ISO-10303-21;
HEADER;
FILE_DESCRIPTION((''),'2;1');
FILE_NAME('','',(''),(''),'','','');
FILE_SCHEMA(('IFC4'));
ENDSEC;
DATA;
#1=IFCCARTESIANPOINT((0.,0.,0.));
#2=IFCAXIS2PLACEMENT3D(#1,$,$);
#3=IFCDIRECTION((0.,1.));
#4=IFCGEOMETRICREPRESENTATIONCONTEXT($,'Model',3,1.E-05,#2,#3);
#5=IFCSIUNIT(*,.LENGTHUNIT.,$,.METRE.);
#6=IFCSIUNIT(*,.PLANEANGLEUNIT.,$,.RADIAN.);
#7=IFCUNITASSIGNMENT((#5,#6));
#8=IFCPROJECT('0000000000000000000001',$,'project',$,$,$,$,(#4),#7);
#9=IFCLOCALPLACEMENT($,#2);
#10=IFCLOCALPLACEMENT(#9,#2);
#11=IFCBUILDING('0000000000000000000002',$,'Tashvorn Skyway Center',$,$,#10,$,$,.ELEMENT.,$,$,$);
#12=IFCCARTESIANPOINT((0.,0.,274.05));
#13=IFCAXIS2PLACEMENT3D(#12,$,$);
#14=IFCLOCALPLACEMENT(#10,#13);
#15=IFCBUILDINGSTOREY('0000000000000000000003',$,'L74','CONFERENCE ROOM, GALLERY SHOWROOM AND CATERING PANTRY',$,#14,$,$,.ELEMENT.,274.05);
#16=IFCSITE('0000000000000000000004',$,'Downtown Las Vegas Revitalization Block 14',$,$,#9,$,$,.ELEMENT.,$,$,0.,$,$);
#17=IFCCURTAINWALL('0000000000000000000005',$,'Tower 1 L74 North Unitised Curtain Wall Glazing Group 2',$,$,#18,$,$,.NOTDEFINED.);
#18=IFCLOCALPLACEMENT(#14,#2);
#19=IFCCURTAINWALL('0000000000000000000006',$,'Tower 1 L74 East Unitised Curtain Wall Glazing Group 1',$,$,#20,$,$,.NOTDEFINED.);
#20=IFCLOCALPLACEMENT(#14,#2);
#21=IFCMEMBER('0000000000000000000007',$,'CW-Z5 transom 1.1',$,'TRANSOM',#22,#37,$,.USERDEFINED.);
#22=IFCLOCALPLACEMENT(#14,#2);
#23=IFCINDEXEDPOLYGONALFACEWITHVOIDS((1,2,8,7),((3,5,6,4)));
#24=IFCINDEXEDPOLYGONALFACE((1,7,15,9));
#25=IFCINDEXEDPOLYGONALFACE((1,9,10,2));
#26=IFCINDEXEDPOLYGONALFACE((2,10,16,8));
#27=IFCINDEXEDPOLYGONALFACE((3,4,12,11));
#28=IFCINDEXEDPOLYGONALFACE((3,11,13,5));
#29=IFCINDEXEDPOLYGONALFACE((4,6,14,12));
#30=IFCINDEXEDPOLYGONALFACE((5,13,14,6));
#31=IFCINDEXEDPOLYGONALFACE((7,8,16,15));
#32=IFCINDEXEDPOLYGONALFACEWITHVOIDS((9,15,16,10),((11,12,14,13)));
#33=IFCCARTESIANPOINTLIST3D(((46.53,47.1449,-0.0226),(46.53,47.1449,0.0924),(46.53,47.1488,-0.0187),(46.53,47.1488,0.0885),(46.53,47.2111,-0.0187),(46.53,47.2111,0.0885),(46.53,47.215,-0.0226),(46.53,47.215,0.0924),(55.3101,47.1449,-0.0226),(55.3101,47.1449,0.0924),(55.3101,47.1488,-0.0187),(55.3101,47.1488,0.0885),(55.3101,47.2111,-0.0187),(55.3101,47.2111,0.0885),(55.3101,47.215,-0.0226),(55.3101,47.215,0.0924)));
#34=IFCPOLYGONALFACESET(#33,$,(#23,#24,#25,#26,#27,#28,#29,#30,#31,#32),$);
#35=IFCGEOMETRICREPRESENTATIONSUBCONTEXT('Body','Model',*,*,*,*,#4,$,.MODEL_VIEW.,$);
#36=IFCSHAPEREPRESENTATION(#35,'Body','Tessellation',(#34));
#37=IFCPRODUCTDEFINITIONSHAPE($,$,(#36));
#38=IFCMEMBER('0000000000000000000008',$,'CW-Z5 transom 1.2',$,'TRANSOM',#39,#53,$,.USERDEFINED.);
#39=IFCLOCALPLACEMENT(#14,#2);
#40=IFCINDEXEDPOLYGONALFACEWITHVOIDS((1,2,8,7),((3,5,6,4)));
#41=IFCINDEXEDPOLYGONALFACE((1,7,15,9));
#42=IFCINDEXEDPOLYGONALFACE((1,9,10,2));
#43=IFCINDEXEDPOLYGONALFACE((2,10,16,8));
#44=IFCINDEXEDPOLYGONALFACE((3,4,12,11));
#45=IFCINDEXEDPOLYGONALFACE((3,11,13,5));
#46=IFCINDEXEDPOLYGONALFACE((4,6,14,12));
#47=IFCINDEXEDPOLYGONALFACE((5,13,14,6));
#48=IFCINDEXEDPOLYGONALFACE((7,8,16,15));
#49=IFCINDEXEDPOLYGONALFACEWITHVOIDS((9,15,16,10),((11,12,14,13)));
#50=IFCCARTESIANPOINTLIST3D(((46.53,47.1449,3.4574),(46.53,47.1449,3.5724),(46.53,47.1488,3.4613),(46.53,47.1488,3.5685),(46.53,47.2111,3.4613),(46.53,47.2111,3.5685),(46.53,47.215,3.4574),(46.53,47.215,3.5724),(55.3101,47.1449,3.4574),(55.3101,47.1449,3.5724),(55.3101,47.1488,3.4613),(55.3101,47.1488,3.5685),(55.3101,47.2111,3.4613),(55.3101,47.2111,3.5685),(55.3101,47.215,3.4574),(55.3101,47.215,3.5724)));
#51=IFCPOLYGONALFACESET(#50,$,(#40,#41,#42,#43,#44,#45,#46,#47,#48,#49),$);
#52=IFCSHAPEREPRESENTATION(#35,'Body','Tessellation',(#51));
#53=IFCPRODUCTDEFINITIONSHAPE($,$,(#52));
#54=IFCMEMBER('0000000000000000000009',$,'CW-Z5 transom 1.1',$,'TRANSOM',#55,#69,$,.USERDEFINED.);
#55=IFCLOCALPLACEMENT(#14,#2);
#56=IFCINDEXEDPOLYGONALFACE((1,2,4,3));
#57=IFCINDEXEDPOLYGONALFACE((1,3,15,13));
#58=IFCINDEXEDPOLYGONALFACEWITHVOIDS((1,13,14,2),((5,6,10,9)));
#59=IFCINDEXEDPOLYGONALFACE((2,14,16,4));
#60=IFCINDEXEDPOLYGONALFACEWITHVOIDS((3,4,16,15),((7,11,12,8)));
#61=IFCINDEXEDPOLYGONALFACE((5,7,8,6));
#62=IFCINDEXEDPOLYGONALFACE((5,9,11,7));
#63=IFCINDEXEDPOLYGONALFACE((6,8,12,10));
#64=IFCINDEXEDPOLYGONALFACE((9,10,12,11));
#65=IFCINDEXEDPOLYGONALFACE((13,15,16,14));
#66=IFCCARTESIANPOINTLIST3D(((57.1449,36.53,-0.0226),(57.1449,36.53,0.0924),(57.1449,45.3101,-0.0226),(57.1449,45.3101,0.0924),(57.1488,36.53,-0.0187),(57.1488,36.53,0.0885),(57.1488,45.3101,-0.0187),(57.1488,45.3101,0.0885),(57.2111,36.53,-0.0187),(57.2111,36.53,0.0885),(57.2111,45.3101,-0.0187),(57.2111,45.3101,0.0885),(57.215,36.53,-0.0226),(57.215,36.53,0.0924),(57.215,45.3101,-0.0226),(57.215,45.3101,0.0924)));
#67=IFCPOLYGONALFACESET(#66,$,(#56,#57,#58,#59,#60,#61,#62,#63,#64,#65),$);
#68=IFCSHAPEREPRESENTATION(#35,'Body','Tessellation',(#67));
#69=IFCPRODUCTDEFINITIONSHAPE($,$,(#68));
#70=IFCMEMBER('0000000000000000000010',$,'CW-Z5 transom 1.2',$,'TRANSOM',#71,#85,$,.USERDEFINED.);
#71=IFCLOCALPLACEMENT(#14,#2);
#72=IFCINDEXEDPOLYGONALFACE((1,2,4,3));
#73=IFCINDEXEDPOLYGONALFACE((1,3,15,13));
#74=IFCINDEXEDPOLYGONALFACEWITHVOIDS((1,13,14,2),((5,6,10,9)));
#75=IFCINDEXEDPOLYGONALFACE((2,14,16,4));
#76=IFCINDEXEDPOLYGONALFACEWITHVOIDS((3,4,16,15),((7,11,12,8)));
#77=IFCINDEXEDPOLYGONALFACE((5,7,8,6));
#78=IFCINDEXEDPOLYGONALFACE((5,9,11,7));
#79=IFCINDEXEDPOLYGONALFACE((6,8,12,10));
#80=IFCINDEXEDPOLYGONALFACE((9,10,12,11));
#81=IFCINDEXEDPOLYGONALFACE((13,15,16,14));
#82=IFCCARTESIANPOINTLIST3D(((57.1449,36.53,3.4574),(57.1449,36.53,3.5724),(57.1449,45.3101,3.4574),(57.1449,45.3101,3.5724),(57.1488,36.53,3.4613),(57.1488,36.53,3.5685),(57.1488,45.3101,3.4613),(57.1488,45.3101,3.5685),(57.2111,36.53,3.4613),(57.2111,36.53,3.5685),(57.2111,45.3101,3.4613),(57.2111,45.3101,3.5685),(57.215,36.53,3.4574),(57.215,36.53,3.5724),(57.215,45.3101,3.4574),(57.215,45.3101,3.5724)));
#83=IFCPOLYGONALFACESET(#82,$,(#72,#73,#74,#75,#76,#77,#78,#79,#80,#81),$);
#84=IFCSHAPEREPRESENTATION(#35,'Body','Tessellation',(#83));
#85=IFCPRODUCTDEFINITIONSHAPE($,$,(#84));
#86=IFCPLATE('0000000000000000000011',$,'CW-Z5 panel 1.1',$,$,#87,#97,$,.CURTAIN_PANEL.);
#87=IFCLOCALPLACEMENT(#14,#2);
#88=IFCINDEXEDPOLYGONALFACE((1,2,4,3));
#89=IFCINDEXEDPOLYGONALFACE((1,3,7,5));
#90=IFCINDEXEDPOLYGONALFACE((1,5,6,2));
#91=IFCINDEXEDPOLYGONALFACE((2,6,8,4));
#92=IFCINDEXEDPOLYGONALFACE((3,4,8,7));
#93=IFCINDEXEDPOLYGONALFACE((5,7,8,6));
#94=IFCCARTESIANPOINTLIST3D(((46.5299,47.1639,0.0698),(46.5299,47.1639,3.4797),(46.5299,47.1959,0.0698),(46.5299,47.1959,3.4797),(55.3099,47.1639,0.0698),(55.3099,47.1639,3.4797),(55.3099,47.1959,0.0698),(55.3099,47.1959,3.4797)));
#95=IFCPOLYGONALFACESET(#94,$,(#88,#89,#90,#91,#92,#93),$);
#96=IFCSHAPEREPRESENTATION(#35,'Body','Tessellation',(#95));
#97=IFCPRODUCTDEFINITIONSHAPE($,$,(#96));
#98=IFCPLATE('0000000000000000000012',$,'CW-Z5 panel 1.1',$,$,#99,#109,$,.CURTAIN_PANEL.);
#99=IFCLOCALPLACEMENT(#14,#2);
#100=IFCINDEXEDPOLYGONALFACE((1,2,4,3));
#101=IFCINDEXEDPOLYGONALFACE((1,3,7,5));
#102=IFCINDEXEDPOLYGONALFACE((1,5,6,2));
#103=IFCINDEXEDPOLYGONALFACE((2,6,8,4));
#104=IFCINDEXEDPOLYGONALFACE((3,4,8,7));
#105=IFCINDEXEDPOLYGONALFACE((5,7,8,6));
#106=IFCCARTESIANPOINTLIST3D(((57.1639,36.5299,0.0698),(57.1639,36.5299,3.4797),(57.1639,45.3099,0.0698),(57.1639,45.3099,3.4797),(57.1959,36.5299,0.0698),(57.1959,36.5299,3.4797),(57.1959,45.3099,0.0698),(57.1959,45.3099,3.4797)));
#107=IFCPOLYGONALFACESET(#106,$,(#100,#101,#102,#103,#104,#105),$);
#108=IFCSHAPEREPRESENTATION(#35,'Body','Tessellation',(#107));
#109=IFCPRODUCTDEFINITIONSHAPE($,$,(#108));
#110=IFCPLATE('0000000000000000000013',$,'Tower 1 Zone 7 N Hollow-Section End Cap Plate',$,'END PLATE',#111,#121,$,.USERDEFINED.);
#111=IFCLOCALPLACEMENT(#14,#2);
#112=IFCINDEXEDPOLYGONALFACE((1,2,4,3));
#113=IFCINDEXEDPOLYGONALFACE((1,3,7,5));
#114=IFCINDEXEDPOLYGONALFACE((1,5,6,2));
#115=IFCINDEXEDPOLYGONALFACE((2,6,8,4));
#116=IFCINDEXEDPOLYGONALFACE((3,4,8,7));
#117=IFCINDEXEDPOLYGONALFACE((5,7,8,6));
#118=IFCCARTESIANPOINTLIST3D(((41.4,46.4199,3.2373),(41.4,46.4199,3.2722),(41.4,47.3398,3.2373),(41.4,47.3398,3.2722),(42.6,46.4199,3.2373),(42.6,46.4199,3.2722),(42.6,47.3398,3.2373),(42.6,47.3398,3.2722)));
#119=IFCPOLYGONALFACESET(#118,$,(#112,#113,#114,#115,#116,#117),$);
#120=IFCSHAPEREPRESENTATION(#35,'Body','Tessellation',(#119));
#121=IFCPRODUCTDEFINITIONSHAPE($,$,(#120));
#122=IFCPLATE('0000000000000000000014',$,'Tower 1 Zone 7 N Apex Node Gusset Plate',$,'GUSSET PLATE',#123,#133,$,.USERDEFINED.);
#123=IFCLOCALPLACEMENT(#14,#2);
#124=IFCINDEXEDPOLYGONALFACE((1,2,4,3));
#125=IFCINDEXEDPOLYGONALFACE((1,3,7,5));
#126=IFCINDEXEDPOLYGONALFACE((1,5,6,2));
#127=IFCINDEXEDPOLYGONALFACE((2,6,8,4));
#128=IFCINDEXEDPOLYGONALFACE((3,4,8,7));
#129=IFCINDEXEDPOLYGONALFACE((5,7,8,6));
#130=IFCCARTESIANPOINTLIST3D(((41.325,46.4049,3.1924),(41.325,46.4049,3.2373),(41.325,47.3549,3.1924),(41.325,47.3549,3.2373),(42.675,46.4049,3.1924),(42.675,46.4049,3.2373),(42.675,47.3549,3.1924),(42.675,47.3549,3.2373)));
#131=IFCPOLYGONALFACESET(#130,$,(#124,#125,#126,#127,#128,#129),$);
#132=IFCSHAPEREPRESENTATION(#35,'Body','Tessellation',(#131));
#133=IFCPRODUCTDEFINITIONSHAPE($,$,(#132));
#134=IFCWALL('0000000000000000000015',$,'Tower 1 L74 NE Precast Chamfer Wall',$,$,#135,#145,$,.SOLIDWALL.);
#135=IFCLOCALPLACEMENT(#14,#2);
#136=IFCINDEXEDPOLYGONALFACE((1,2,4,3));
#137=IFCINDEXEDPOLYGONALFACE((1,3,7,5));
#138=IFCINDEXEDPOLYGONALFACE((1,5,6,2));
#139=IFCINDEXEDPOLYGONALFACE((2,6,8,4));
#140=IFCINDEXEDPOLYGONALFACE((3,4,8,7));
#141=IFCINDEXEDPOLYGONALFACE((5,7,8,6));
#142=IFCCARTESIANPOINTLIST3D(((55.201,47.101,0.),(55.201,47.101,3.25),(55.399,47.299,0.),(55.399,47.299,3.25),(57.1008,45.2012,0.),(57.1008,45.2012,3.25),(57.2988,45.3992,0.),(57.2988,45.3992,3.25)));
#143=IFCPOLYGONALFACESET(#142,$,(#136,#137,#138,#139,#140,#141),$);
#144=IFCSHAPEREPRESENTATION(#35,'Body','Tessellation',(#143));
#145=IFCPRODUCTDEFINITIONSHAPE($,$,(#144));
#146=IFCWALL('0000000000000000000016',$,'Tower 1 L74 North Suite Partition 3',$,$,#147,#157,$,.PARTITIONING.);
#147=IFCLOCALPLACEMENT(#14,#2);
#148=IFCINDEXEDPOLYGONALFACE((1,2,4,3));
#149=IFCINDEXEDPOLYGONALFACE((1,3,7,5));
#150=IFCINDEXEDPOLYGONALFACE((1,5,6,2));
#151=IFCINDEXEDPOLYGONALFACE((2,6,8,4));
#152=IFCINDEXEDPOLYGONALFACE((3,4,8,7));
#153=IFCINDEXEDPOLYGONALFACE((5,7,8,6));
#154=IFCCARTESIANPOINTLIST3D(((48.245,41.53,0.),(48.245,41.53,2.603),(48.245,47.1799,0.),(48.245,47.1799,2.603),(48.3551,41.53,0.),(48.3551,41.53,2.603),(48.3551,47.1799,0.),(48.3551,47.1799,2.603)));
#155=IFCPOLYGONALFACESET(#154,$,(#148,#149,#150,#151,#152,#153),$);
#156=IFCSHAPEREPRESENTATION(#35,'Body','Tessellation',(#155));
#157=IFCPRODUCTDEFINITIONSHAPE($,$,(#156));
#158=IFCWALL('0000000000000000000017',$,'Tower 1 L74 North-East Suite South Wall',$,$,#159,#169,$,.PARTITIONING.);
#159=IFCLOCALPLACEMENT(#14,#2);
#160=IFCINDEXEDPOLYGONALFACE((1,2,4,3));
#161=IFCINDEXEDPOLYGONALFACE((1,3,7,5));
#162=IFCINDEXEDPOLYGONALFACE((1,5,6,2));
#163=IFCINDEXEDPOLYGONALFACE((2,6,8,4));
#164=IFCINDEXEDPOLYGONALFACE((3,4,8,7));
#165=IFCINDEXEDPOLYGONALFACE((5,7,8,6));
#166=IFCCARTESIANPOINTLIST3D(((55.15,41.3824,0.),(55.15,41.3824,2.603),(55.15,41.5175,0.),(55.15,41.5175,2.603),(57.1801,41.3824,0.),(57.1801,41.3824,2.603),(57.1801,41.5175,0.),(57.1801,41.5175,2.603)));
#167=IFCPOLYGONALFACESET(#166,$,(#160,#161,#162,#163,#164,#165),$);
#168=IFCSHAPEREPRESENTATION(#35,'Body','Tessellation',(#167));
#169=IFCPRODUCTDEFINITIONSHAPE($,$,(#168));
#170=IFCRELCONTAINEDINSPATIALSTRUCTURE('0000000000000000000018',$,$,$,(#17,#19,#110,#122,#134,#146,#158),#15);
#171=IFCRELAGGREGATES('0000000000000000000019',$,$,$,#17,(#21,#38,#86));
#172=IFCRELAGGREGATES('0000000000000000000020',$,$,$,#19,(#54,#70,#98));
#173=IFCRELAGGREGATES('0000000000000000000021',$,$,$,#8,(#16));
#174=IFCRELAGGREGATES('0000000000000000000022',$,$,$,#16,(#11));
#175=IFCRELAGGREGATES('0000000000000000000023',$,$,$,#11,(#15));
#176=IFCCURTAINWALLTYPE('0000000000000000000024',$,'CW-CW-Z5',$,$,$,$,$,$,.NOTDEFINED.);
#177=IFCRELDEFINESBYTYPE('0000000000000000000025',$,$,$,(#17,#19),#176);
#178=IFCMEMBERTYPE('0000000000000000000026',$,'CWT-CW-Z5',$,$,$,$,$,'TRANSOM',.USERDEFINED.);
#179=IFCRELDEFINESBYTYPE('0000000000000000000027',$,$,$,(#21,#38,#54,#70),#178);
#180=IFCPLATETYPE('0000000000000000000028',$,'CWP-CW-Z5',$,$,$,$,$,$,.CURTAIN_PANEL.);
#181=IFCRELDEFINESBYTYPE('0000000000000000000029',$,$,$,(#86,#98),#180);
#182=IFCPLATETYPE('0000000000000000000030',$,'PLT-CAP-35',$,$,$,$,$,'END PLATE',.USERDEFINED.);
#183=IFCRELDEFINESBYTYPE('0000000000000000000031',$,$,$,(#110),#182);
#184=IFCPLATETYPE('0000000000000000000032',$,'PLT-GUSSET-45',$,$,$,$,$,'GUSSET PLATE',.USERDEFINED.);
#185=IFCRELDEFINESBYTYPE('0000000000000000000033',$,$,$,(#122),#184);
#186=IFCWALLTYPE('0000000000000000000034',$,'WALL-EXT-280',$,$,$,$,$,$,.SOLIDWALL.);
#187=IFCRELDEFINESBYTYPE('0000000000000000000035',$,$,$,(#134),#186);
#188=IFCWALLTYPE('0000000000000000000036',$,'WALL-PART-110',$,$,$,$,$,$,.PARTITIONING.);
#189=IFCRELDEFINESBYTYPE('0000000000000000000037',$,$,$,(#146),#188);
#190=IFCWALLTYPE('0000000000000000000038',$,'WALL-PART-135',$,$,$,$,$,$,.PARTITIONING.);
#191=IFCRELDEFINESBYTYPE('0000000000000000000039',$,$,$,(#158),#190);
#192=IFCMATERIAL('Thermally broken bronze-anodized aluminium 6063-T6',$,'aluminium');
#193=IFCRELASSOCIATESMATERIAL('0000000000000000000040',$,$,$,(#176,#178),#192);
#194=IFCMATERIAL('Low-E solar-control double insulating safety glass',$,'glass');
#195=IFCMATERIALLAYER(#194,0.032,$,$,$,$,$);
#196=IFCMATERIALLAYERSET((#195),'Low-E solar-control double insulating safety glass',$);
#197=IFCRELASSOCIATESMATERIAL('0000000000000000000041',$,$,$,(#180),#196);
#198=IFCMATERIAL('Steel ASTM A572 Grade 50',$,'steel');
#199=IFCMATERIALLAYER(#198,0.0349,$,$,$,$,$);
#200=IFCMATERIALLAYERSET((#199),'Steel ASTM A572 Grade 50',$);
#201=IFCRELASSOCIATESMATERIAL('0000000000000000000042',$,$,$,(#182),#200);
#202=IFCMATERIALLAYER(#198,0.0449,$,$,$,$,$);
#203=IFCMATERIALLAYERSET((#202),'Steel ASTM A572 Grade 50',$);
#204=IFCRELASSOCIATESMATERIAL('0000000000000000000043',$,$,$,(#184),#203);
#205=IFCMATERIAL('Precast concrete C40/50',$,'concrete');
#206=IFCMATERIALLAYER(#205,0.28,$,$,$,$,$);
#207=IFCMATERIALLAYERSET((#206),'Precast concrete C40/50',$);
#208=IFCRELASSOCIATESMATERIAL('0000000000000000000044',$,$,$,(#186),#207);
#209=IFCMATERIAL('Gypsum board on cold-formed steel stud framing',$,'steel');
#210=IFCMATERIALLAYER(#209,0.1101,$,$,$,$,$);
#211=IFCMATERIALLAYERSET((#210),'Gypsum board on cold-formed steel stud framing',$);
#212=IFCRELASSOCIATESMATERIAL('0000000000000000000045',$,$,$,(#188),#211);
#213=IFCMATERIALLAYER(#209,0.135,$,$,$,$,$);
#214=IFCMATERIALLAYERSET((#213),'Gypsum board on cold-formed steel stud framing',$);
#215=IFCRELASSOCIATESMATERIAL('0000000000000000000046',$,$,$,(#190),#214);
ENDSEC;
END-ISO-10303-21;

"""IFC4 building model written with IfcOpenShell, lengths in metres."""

from ifc_helpers import new_model, si_unit, direction, frame, frame_2d, origin, origin_2d, place, context, subcontext, project, spatial, rectangle, hollow_rectangle, extrude, material, layer, layer_set, material_profile, profile_set, type_object, element, aggregate, save


model = new_model("IFC4")

# Units and contexts
model_context = context("Model", 3, precision=1e-05, world=origin(), true_north=direction((0.0, 1.0)))
body_context = subcontext(model_context, "Body", "Model", "MODEL_VIEW")
ifc_project = project(units=[si_unit("LENGTHUNIT", "METRE"), si_unit("PLANEANGLEUNIT", "RADIAN")], contexts=[model_context])

# Site, building, storey
site_placement = place(None, origin())
site = spatial("IfcSite", under=ifc_project, at=site_placement, Name="Downtown Las Vegas Revitalization Block 14", CompositionType="ELEMENT", RefElevation=0.0)
building_placement = place(site_placement, origin())
building = spatial("IfcBuilding", under=site, at=building_placement, Name="Tashvorn Skyway Center", CompositionType="ELEMENT")
storey_placement = place(building_placement, frame((0.0, 0.0, 274.05)))
storey = spatial("IfcBuildingStorey", under=building, at=storey_placement, Name="L74", Description="CONFERENCE ROOM, GALLERY SHOWROOM AND CATERING PANTRY", CompositionType="ELEMENT", Elevation=274.05)

# Shared definitions
ifc_material_1 = material(Name="Steel ASTM A572 Grade 50", Category="steel")

# Curtain wall
ifc_material_2 = material(Name="Thermally broken bronze-anodized aluminium 6063-T6", Category="aluminium")
curtain_wall_type = type_object("IfcCurtainWallType", Name="CW-CW-Z5", PredefinedType="NOTDEFINED", material=ifc_material_2)
curtain_wall_1_placement = place(storey_placement, origin())
curtain_wall_1 = element("IfcCurtainWall", 1, at=curtain_wall_1_placement, inside=storey, type_object=curtain_wall_type, Name="Tower 1 L74 North Unitised Curtain Wall Glazing Group 2", PredefinedType="NOTDEFINED")

# Curtain wall
curtain_wall_2_placement = place(storey_placement, origin())
curtain_wall_2 = element("IfcCurtainWall", 2, at=curtain_wall_2_placement, inside=storey, type_object=curtain_wall_type, Name="Tower 1 L74 East Unitised Curtain Wall Glazing Group 1", PredefinedType="NOTDEFINED")

# Members
ifc_material_profile_1 = material_profile(ifc_material_2, hollow_rectangle(XDim=0.0701, YDim=0.115, WallThickness=0.0039, at=origin_2d()), Name="ALU-TRAN-70x115")
ifc_profile_set_1 = profile_set([ifc_material_profile_1], Name="Thermally broken bronze-anodized aluminium 6063-T6")
member_type_1 = type_object("IfcMemberType", Name="CWT-CW-Z5", ElementType="TRANSOM", PredefinedType="USERDEFINED", material=ifc_profile_set_1)
member_1_placement = place(storey_placement, frame((46.53, 47.1799, 0.0349), z_axis=(1.0, 0.0, 0.0), x_axis=(0.0, 1.0, 0.0)))
member_1 = element("IfcMember", 3, at=member_1_placement, type_object=member_type_1, Name="CW-Z5 transom 1.1", ObjectType="TRANSOM", PredefinedType="USERDEFINED", context=body_context, shape_type="SweptSolid", body=[
    extrude(hollow_rectangle(XDim=0.0701, YDim=0.115, WallThickness=0.0039, at=origin_2d()), origin(), (0.0, 0.0, 1.0), 8.78),
])
member_2_placement = place(storey_placement, frame((46.53, 47.1799, 3.5149), z_axis=(1.0, 0.0, 0.0), x_axis=(0.0, 1.0, 0.0)))
member_2 = element("IfcMember", 4, at=member_2_placement, type_object=member_type_1, Name="CW-Z5 transom 1.2", ObjectType="TRANSOM", PredefinedType="USERDEFINED", context=body_context, shape_type="SweptSolid", body=[
    extrude(hollow_rectangle(XDim=0.0701, YDim=0.115, WallThickness=0.0039, at=origin_2d()), origin(), (0.0, 0.0, 1.0), 8.78),
])
member_3_placement = place(storey_placement, frame((57.1799, 45.3101, 0.0349), z_axis=(0.0, -1.0, 0.0), x_axis=(1.0, 0.0, 0.0)))
member_3 = element("IfcMember", 5, at=member_3_placement, type_object=member_type_1, Name="CW-Z5 transom 1.1", ObjectType="TRANSOM", PredefinedType="USERDEFINED", context=body_context, shape_type="SweptSolid", body=[
    extrude(hollow_rectangle(XDim=0.0701, YDim=0.115, WallThickness=0.0039, at=origin_2d()), origin(), (0.0, 0.0, 1.0), 8.78),
])
member_4_placement = place(storey_placement, frame((57.1799, 45.3101, 3.5149), z_axis=(0.0, -1.0, 0.0), x_axis=(1.0, 0.0, 0.0)))
member_4 = element("IfcMember", 6, at=member_4_placement, type_object=member_type_1, Name="CW-Z5 transom 1.2", ObjectType="TRANSOM", PredefinedType="USERDEFINED", context=body_context, shape_type="SweptSolid", body=[
    extrude(hollow_rectangle(XDim=0.0701, YDim=0.115, WallThickness=0.0039, at=origin_2d()), origin(), (0.0, 0.0, 1.0), 8.78),
])

# Plates
ifc_material_3 = material(Name="Low-E solar-control double insulating safety glass", Category="glass")
ifc_layer_1 = layer(ifc_material_3, 0.032)
ifc_layer_set_1 = layer_set([ifc_layer_1], Name="Low-E solar-control double insulating safety glass")
plate_type_1 = type_object("IfcPlateType", Name="CWP-CW-Z5", PredefinedType="CURTAIN_PANEL", material=ifc_layer_set_1)
plate_1_placement = place(storey_placement, frame((50.9199, 47.1799, 0.0698), z_axis=(0.0, 0.0, 1.0), x_axis=(1.0, 0.0, 0.0)))
plate_1 = element("IfcPlate", 7, at=plate_1_placement, type_object=plate_type_1, Name="CW-Z5 panel 1.1", PredefinedType="CURTAIN_PANEL", context=body_context, shape_type="SweptSolid", body=[
    extrude(rectangle(XDim=8.78, YDim=0.032, at=origin_2d()), origin(), (0.0, 0.0, 1.0), 3.4099),
])
aggregate(curtain_wall_1, [member_1, member_2, plate_1])
plate_2_placement = place(storey_placement, frame((57.1799, 40.9199, 0.0698), z_axis=(0.0, 0.0, 1.0), x_axis=(0.0, -1.0, 0.0)))
plate_2 = element("IfcPlate", 8, at=plate_2_placement, type_object=plate_type_1, Name="CW-Z5 panel 1.1", PredefinedType="CURTAIN_PANEL", context=body_context, shape_type="SweptSolid", body=[
    extrude(rectangle(XDim=8.78, YDim=0.032, at=origin_2d()), origin(), (0.0, 0.0, 1.0), 3.4099),
])
aggregate(curtain_wall_2, [member_3, member_4, plate_2])

# Plates
ifc_layer_2 = layer(ifc_material_1, 0.0349)
ifc_layer_set_2 = layer_set([ifc_layer_2], Name="Steel ASTM A572 Grade 50")
plate_type_2 = type_object("IfcPlateType", Name="PLT-CAP-35", ElementType="END PLATE", PredefinedType="USERDEFINED", material=ifc_layer_set_2)
plate_3_placement = place(storey_placement, frame((42.0, 46.8799, 3.2373), z_axis=(0.0, 0.0, 1.0), x_axis=(-1.0, 0.0, 0.0)))
element("IfcPlate", 9, at=plate_3_placement, inside=storey, type_object=plate_type_2, Name="Tower 1 Zone 7 N Hollow-Section End Cap Plate", ObjectType="END PLATE", PredefinedType="USERDEFINED", context=body_context, shape_type="SweptSolid", body=[
    extrude(rectangle(XDim=1.2, YDim=0.9199, at=origin_2d()), origin(), (0.0, 0.0, 1.0), 0.0349),
])
ifc_layer_3 = layer(ifc_material_1, 0.0449)
ifc_layer_set_3 = layer_set([ifc_layer_3], Name="Steel ASTM A572 Grade 50")
plate_type_3 = type_object("IfcPlateType", Name="PLT-GUSSET-45", ElementType="GUSSET PLATE", PredefinedType="USERDEFINED", material=ifc_layer_set_3)
plate_4_placement = place(storey_placement, frame((42.0, 46.8799, 3.1924), z_axis=(0.0, 0.0, 1.0), x_axis=(-1.0, 0.0, 0.0)))
element("IfcPlate", 10, at=plate_4_placement, inside=storey, type_object=plate_type_3, Name="Tower 1 Zone 7 N Apex Node Gusset Plate", ObjectType="GUSSET PLATE", PredefinedType="USERDEFINED", context=body_context, shape_type="SweptSolid", body=[
    extrude(rectangle(XDim=1.3501, YDim=0.95, at=origin_2d()), origin(), (0.0, 0.0, 1.0), 0.0449),
])

# Walls
ifc_material_4 = material(Name="Precast concrete C40/50", Category="concrete")
ifc_layer_4 = layer(ifc_material_4, 0.28)
ifc_layer_set_4 = layer_set([ifc_layer_4], Name="Precast concrete C40/50")
wall_type_1 = type_object("IfcWallType", Name="WALL-EXT-280", PredefinedType="SOLIDWALL", material=ifc_layer_set_4)
wall_1_placement = place(storey_placement, frame((55.3, 47.2, 0.0), z_axis=(0.0, 0.0, 1.0), x_axis=(0.707107, -0.707107, 0.0)))
element("IfcWall", 11, at=wall_1_placement, inside=storey, type_object=wall_type_1, Name="Tower 1 L74 NE Precast Chamfer Wall", PredefinedType="SOLIDWALL", context=body_context, shape_type="SweptSolid", body=[
    extrude(rectangle(XDim=2.6868, YDim=0.28, at=frame_2d((1.3433, 0.0))), origin(), (0.0, 0.0, 1.0), 3.25),
])
ifc_material_5 = material(Name="Gypsum board on cold-formed steel stud framing", Category="steel")
ifc_layer_5 = layer(ifc_material_5, 0.1101)
ifc_layer_set_5 = layer_set([ifc_layer_5], Name="Gypsum board on cold-formed steel stud framing")
wall_type_2 = type_object("IfcWallType", Name="WALL-PART-110", PredefinedType="PARTITIONING", material=ifc_layer_set_5)
wall_2_placement = place(storey_placement, frame((48.3, 41.53, 0.0), z_axis=(0.0, 0.0, 1.0), x_axis=(0.0, 1.0, 0.0)))
element("IfcWall", 12, at=wall_2_placement, inside=storey, type_object=wall_type_2, Name="Tower 1 L74 North Suite Partition 3", PredefinedType="PARTITIONING", context=body_context, shape_type="SweptSolid", body=[
    extrude(rectangle(XDim=5.6499, YDim=0.1101, at=frame_2d((2.825, 0.0))), origin(), (0.0, 0.0, 1.0), 2.603),
])
ifc_layer_6 = layer(ifc_material_5, 0.135)
ifc_layer_set_6 = layer_set([ifc_layer_6], Name="Gypsum board on cold-formed steel stud framing")
wall_type_3 = type_object("IfcWallType", Name="WALL-PART-135", PredefinedType="PARTITIONING", material=ifc_layer_set_6)
wall_3_placement = place(storey_placement, frame((55.1499, 41.45, 0.0), z_axis=(0.0, 0.0, 1.0), x_axis=(1.0, 0.0, 0.0)))
element("IfcWall", 13, at=wall_3_placement, inside=storey, type_object=wall_type_3, Name="Tower 1 L74 North-East Suite South Wall", PredefinedType="PARTITIONING", context=body_context, shape_type="SweptSolid", body=[
    extrude(rectangle(XDim=2.03, YDim=0.135, at=frame_2d((1.0151, 0.0))), origin(), (0.0, 0.0, 1.0), 2.603),
])

save(model, "model.ifc")
